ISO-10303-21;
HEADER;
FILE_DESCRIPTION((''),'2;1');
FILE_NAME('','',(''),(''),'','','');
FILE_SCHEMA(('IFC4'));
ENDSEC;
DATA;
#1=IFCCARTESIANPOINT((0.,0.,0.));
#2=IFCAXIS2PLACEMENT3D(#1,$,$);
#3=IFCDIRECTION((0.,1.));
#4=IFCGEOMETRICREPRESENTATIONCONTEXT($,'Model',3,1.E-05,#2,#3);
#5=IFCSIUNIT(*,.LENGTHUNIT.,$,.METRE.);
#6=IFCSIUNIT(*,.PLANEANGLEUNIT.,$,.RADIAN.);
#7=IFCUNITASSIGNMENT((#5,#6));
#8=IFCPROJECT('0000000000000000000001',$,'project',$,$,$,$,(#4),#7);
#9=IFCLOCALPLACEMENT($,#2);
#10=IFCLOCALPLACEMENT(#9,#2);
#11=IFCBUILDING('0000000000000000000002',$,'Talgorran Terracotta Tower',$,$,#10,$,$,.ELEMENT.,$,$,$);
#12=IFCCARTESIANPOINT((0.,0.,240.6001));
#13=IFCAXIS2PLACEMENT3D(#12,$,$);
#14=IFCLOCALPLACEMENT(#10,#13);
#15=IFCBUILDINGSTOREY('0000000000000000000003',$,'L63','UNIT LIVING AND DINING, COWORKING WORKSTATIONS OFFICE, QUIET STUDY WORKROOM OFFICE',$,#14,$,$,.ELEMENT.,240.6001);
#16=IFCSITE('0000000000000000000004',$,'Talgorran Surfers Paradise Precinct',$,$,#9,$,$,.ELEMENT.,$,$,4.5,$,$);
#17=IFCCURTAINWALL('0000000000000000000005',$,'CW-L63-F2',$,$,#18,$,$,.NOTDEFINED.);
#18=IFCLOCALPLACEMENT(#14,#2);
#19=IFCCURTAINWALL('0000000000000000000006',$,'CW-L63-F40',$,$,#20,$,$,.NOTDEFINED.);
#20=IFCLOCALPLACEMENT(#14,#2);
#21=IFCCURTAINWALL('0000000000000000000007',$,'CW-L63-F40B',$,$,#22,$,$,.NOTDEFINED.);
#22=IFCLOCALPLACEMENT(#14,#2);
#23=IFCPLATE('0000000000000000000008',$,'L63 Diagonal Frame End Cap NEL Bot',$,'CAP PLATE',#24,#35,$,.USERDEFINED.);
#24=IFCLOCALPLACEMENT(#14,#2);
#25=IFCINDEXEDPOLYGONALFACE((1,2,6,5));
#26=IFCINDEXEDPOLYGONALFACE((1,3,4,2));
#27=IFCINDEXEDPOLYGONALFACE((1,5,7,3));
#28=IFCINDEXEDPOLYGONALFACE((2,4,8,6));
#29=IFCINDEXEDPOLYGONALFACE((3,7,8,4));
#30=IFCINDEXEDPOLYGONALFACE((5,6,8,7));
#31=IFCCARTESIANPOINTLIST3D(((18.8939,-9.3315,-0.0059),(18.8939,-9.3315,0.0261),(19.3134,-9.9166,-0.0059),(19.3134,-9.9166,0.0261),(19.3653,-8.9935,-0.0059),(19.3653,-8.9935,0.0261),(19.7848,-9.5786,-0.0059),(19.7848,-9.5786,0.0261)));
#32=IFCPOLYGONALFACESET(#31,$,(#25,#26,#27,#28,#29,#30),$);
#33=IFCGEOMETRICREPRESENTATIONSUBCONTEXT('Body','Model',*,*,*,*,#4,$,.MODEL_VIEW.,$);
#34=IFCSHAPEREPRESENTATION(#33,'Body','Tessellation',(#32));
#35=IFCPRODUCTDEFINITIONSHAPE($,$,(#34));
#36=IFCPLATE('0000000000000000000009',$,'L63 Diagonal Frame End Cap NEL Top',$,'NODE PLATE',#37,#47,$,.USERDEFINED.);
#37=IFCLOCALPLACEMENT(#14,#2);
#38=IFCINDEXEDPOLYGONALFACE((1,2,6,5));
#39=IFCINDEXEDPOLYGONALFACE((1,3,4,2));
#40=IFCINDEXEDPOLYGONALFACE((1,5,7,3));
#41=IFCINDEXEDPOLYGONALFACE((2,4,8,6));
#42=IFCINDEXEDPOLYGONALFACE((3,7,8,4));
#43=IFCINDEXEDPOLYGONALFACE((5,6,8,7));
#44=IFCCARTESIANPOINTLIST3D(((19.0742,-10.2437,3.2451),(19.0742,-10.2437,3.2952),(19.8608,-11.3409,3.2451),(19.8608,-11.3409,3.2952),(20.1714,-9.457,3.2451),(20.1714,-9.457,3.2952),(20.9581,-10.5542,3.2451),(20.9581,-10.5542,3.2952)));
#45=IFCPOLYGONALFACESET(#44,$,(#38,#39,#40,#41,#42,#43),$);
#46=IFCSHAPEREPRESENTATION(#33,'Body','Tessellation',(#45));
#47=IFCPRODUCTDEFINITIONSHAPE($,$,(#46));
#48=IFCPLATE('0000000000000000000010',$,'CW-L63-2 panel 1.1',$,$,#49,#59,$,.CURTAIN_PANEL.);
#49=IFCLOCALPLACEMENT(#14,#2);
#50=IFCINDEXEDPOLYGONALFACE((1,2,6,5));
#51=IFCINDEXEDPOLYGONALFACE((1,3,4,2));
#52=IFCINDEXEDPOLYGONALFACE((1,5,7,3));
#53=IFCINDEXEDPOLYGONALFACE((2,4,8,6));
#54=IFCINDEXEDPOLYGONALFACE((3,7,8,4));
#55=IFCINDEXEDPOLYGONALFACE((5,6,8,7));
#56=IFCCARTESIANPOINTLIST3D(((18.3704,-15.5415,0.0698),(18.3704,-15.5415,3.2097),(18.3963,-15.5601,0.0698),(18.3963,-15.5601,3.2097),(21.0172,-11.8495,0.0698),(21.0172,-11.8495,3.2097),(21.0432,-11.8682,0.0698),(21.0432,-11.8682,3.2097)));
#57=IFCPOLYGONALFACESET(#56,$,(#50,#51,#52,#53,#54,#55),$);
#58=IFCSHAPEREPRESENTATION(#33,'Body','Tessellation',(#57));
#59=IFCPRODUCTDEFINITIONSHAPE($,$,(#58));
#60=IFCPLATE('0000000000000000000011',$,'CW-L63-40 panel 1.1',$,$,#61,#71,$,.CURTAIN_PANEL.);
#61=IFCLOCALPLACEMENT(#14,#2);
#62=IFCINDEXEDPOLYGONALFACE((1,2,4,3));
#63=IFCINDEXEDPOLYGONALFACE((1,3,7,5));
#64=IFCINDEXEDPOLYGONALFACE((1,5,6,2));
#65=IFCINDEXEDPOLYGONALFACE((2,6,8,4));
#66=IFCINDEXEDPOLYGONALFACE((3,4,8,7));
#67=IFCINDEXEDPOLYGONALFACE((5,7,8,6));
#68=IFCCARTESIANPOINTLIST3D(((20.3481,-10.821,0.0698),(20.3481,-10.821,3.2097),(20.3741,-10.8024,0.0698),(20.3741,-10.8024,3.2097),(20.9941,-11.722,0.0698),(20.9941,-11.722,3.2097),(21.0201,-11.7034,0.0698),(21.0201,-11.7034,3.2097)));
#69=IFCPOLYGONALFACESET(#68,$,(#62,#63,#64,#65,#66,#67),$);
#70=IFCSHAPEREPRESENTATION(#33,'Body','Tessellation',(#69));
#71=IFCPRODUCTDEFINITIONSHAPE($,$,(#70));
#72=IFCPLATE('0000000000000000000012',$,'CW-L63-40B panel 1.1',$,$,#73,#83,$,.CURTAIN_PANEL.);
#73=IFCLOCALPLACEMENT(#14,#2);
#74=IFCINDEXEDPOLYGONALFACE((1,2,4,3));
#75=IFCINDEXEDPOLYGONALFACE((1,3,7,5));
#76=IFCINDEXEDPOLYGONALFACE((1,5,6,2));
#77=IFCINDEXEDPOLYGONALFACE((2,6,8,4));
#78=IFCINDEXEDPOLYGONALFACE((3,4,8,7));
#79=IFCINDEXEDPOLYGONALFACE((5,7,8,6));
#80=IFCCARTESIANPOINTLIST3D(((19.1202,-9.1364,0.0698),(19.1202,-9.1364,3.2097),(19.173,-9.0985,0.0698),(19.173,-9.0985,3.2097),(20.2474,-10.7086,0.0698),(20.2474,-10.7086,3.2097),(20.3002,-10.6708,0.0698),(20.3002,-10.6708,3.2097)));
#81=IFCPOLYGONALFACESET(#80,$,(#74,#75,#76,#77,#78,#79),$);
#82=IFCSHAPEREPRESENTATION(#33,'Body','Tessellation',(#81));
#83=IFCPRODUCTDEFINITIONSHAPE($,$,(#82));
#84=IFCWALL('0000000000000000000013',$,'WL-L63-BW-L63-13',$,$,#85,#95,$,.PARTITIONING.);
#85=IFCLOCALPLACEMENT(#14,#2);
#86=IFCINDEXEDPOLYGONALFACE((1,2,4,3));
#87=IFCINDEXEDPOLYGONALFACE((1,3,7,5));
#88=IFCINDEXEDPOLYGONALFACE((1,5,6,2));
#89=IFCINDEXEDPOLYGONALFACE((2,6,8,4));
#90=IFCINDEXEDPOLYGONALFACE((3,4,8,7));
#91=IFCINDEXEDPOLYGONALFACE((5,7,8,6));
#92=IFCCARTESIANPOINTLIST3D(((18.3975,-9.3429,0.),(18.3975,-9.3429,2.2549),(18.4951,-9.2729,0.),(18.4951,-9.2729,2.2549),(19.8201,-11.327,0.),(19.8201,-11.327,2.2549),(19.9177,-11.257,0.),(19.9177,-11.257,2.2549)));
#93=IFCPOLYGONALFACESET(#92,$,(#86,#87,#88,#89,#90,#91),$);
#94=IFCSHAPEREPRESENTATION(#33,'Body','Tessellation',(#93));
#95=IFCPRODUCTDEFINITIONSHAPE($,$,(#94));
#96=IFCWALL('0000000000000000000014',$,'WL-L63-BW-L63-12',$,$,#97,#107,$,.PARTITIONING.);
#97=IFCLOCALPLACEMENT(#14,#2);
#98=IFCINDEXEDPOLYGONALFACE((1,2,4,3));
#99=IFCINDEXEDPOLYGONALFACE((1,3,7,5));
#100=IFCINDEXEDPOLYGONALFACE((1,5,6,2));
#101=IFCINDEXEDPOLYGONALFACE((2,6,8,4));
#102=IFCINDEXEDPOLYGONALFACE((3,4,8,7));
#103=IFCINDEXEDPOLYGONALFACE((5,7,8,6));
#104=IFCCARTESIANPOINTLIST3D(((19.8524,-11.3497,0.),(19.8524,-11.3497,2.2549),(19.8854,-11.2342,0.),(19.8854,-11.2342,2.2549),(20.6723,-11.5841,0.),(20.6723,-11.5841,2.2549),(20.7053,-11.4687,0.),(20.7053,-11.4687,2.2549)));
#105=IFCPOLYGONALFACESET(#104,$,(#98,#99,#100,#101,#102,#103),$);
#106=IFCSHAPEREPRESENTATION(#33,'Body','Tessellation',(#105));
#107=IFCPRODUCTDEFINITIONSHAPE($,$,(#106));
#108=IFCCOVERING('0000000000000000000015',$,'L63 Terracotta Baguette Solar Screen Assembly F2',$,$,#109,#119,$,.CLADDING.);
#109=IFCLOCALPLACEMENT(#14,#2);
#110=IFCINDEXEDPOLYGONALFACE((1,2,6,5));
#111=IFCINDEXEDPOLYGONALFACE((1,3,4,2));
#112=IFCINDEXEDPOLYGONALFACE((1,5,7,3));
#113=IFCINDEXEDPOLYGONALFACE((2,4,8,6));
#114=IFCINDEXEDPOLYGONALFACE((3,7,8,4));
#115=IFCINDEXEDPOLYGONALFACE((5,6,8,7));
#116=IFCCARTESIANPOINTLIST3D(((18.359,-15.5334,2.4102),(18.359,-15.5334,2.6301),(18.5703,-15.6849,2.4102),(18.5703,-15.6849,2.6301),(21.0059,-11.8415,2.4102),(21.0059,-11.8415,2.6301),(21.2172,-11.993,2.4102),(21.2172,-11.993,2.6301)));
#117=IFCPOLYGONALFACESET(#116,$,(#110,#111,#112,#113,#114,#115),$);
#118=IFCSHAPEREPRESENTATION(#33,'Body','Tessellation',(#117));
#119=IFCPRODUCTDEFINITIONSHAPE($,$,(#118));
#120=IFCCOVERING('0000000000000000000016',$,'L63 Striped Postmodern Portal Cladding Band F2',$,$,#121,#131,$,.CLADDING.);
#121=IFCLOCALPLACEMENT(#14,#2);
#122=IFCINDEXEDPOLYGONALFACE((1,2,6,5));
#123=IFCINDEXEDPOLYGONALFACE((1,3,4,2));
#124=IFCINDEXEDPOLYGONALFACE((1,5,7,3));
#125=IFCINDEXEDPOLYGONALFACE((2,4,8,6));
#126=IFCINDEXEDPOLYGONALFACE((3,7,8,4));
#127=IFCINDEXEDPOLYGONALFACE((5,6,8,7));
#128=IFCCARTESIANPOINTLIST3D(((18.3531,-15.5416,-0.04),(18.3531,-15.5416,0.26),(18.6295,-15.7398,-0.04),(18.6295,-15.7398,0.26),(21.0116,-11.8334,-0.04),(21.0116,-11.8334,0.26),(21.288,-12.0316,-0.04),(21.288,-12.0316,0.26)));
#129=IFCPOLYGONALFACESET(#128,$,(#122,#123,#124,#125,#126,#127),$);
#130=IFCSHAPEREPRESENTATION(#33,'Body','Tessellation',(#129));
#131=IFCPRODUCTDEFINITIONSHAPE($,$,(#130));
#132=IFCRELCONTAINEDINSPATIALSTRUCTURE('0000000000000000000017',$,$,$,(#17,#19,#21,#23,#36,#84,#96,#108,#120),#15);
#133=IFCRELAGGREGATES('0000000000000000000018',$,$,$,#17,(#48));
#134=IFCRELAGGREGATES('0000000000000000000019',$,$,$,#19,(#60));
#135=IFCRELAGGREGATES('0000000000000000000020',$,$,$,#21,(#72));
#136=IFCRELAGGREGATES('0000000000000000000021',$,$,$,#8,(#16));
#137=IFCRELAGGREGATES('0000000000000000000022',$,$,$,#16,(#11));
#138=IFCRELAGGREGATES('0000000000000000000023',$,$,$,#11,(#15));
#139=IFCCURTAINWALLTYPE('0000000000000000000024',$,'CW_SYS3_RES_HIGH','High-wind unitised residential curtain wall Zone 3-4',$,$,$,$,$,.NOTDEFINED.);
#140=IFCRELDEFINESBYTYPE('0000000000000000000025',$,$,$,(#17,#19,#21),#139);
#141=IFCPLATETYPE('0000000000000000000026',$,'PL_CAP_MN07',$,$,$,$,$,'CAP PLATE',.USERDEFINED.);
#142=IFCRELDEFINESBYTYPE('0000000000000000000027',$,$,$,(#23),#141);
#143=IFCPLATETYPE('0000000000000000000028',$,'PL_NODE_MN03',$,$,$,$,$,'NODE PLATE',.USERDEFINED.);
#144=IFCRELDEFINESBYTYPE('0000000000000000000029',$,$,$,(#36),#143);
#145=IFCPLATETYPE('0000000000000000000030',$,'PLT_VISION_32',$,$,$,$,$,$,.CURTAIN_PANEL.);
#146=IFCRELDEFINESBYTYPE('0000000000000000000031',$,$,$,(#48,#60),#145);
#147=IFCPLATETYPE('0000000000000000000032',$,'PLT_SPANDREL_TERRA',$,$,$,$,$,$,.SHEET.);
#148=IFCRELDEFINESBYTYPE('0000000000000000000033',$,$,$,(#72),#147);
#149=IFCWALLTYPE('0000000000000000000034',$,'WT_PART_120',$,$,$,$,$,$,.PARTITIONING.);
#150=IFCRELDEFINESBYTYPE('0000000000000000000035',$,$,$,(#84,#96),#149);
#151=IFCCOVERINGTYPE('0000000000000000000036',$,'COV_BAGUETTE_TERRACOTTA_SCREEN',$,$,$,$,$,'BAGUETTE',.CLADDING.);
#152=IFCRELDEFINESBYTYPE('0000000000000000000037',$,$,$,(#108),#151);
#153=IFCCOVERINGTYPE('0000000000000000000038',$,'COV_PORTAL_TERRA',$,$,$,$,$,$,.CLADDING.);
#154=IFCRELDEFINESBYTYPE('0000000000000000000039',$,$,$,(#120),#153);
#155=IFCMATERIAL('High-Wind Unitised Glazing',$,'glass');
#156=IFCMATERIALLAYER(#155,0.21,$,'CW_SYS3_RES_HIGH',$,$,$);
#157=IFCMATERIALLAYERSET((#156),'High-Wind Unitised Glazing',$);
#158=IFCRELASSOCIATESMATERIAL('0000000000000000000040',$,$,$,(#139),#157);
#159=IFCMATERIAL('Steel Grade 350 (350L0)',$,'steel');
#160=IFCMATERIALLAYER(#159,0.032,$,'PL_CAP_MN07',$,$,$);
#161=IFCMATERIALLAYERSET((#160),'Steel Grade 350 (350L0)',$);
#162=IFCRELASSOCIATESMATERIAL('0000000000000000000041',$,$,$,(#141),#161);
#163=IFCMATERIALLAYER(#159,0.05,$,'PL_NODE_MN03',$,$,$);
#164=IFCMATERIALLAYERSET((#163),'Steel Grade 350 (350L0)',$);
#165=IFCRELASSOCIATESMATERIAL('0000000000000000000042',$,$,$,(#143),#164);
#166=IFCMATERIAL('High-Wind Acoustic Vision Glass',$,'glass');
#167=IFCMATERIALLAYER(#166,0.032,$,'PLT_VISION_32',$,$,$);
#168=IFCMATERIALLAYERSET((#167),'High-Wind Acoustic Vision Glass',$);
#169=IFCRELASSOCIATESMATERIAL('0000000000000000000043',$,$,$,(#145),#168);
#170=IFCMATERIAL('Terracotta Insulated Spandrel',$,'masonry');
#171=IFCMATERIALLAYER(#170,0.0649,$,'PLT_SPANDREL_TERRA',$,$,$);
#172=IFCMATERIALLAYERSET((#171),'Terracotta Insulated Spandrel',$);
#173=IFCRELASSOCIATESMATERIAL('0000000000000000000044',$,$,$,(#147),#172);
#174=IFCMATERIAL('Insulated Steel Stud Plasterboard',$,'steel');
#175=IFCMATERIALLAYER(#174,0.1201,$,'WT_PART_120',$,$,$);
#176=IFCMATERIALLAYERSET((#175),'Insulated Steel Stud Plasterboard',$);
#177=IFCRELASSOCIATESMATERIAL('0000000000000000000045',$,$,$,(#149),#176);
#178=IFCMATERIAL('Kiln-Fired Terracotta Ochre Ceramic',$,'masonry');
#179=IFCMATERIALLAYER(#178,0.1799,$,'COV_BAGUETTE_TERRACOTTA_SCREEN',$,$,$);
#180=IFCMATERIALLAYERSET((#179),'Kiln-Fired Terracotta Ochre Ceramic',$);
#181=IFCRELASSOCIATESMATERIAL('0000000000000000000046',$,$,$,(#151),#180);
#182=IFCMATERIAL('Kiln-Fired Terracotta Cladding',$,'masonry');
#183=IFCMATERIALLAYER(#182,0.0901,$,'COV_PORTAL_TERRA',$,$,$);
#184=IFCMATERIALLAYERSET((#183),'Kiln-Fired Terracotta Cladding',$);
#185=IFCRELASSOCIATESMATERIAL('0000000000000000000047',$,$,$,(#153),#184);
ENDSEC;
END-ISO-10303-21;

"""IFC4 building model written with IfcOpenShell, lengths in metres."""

from ifc_helpers import new_model, si_unit, direction, frame, frame_2d, origin, origin_2d, place, context, subcontext, project, spatial, rectangle, extrude, source, transform, mapped, material, layer, layer_set, type_object, type_shapes, element, aggregate, save


model = new_model("IFC4")

# Units and contexts
model_context = context("Model", 3, precision=1e-05, world=origin(), true_north=direction((0.0, 1.0)))
body_context = subcontext(model_context, "Body", "Model", "MODEL_VIEW")
ifc_project = project(units=[si_unit("LENGTHUNIT", "METRE"), si_unit("PLANEANGLEUNIT", "RADIAN")], contexts=[model_context])

# Site, building, storey
site_placement = place(None, origin())
site = spatial("IfcSite", under=ifc_project, at=site_placement, Name="Talgorran Surfers Paradise Precinct", CompositionType="ELEMENT", RefElevation=4.5)
building_placement = place(site_placement, origin())
building = spatial("IfcBuilding", under=site, at=building_placement, Name="Talgorran Terracotta Tower", CompositionType="ELEMENT")
storey_placement = place(building_placement, frame((0.0, 0.0, 240.6001)))
storey = spatial("IfcBuildingStorey", under=building, at=storey_placement, Name="L63", Description="UNIT LIVING AND DINING, COWORKING WORKSTATIONS OFFICE, QUIET STUDY WORKROOM OFFICE", CompositionType="ELEMENT", Elevation=240.6001)

# Shared definitions
ifc_material_1 = material(Name="Steel Grade 350 (350L0)", Category="steel")

# Curtain wall
ifc_material_2 = material(Name="High-Wind Unitised Glazing", Category="glass")
ifc_layer_1 = layer(ifc_material_2, 0.21, Name="CW_SYS3_RES_HIGH")
ifc_layer_set_1 = layer_set([ifc_layer_1], Name="High-Wind Unitised Glazing")
curtain_wall_type = type_object("IfcCurtainWallType", Name="CW_SYS3_RES_HIGH", Description="High-wind unitised residential curtain wall Zone 3-4", PredefinedType="NOTDEFINED", material=ifc_layer_set_1)
curtain_wall_1_placement = place(storey_placement, origin())
curtain_wall_1 = element("IfcCurtainWall", 1, at=curtain_wall_1_placement, inside=storey, type_object=curtain_wall_type, Name="CW-L63-F2", PredefinedType="NOTDEFINED")

# Curtain walls
curtain_wall_2_placement = place(storey_placement, origin())
curtain_wall_2 = element("IfcCurtainWall", 2, at=curtain_wall_2_placement, inside=storey, type_object=curtain_wall_type, Name="CW-L63-F40", PredefinedType="NOTDEFINED")
curtain_wall_3_placement = place(storey_placement, origin())
curtain_wall_3 = element("IfcCurtainWall", 3, at=curtain_wall_3_placement, inside=storey, type_object=curtain_wall_type, Name="CW-L63-F40B", PredefinedType="NOTDEFINED")

# Plates
ifc_layer_2 = layer(ifc_material_1, 0.032, Name="PL_CAP_MN07")
ifc_layer_set_2 = layer_set([ifc_layer_2], Name="Steel Grade 350 (350L0)")
plate_type_1 = type_object("IfcPlateType", Name="PL_CAP_MN07", ElementType="CAP PLATE", PredefinedType="USERDEFINED", material=ifc_layer_set_2)
plate_1_placement = place(storey_placement, frame((19.3394, -9.4551, -0.0059), z_axis=(0.0, 0.0, 1.0), x_axis=(0.58269, -0.812694, 0.0)))
element("IfcPlate", 4, at=plate_1_placement, inside=storey, type_object=plate_type_1, Name="L63 Diagonal Frame End Cap NEL Bot", ObjectType="CAP PLATE", PredefinedType="USERDEFINED", context=body_context, shape_type="SweptSolid", body=[
    extrude(rectangle(XDim=0.72, YDim=0.5801, at=origin_2d()), origin(), (0.0, 0.0, 1.0), 0.032),
])
ifc_layer_3 = layer(ifc_material_1, 0.05, Name="PL_NODE_MN03")
ifc_layer_set_3 = layer_set([ifc_layer_3], Name="Steel Grade 350 (350L0)")
plate_type_2 = type_object("IfcPlateType", Name="PL_NODE_MN03", ElementType="NODE PLATE", PredefinedType="USERDEFINED", material=ifc_layer_set_3)
plate_2_placement = place(storey_placement, frame((20.0161, -10.3989, 3.2451), z_axis=(0.0, 0.0, 1.0), x_axis=(0.58269, -0.812694, 0.0)))
element("IfcPlate", 5, at=plate_2_placement, inside=storey, type_object=plate_type_2, Name="L63 Diagonal Frame End Cap NEL Top", ObjectType="NODE PLATE", PredefinedType="USERDEFINED", context=body_context, shape_type="SweptSolid", body=[
    extrude(rectangle(XDim=1.3501, YDim=1.3501, at=origin_2d()), origin(), (0.0, 0.0, 1.0), 0.05),
])

# Plates
ifc_material_3 = material(Name="High-Wind Acoustic Vision Glass", Category="glass")
ifc_layer_4 = layer(ifc_material_3, 0.032, Name="PLT_VISION_32")
ifc_layer_set_4 = layer_set([ifc_layer_4], Name="High-Wind Acoustic Vision Glass")
plate_type_3 = type_object("IfcPlateType", Name="PLT_VISION_32", PredefinedType="CURTAIN_PANEL", material=ifc_layer_set_4)
shared_shape_1 = source(origin(), body_context, "Body", "SweptSolid", [
    extrude(rectangle(XDim=4.5427, YDim=0.032, at=origin_2d()), origin(), (0.0, 0.0, 1.0), 3.1399),
])
plate_3_placement = place(storey_placement, frame((19.7068, -13.7048, 0.0698), z_axis=(0.0, 0.0, 1.0), x_axis=(0.582661, 0.812715, 0.0)))
plate_3 = element("IfcPlate", 6, at=plate_3_placement, type_object=plate_type_3, Name="CW-L63-2 panel 1.1", PredefinedType="CURTAIN_PANEL", context=body_context, shape_type="MappedRepresentation", body=[
    mapped(shared_shape_1, transform((0.0, 0.0, 0.0), scale=1.0)),
])
aggregate(curtain_wall_1, [plate_3])
shared_shape_2 = source(origin(), body_context, "Body", "SweptSolid", [
    extrude(rectangle(XDim=1.1086, YDim=0.032, at=origin_2d()), origin(), (0.0, 0.0, 1.0), 3.1399),
])
type_shapes(plate_type_3, [shared_shape_1, shared_shape_2])
plate_4_placement = place(storey_placement, frame((20.6841, -11.2622, 0.0698), z_axis=(0.0, 0.0, 1.0), x_axis=(-0.582677, 0.812704, 0.0)))
plate_4 = element("IfcPlate", 7, at=plate_4_placement, type_object=plate_type_3, Name="CW-L63-40 panel 1.1", PredefinedType="CURTAIN_PANEL", context=body_context, shape_type="MappedRepresentation", body=[
    mapped(shared_shape_2, transform((0.0, 0.0, 0.0), scale=1.0)),
])
aggregate(curtain_wall_2, [plate_4])
ifc_material_4 = material(Name="Terracotta Insulated Spandrel", Category="masonry")
ifc_layer_5 = layer(ifc_material_4, 0.0649, Name="PLT_SPANDREL_TERRA")
ifc_layer_set_5 = layer_set([ifc_layer_5], Name="Terracotta Insulated Spandrel")
plate_type_4 = type_object("IfcPlateType", Name="PLT_SPANDREL_TERRA", PredefinedType="SHEET", material=ifc_layer_set_5)
shared_shape_3 = source(origin(), body_context, "Body", "SweptSolid", [
    extrude(rectangle(XDim=1.9346, YDim=0.0649, at=origin_2d()), origin(), (0.0, 0.0, 1.0), 3.1399),
])
type_shapes(plate_type_4, [shared_shape_3])
plate_5_placement = place(storey_placement, frame((19.7102, -9.9036, 0.0698), z_axis=(0.0, 0.0, 1.0), x_axis=(-0.582655, 0.812719, 0.0)))
plate_5 = element("IfcPlate", 8, at=plate_5_placement, type_object=plate_type_4, Name="CW-L63-40B panel 1.1", PredefinedType="CURTAIN_PANEL", context=body_context, shape_type="MappedRepresentation", body=[
    mapped(shared_shape_3, transform((0.0, 0.0, 0.0), scale=1.0)),
])
aggregate(curtain_wall_3, [plate_5])

# Walls
ifc_material_5 = material(Name="Insulated Steel Stud Plasterboard", Category="steel")
ifc_layer_6 = layer(ifc_material_5, 0.1201, Name="WT_PART_120")
ifc_layer_set_6 = layer_set([ifc_layer_6], Name="Insulated Steel Stud Plasterboard")
wall_type = type_object("IfcWallType", Name="WT_PART_120", PredefinedType="PARTITIONING", material=ifc_layer_set_6)
wall_1_placement = place(storey_placement, frame((19.8689, -11.292, 0.0), z_axis=(0.0, 0.0, 1.0), x_axis=(-0.582694, 0.812692, 0.0)))
element("IfcWall", 9, at=wall_1_placement, inside=storey, type_object=wall_type, Name="WL-L63-BW-L63-13", PredefinedType="PARTITIONING", context=body_context, shape_type="SweptSolid", body=[
    extrude(rectangle(XDim=2.4414, YDim=0.1201, at=frame_2d((1.2207, 0.0))), origin(), (0.0, 0.0, 1.0), 2.2549),
])
wall_2_placement = place(storey_placement, frame((20.6887, -11.5264, 0.0), z_axis=(0.0, 0.0, 1.0), x_axis=(-0.961481, 0.274872, 0.0)))
element("IfcWall", 10, at=wall_2_placement, inside=storey, type_object=wall_type, Name="WL-L63-BW-L63-12", PredefinedType="PARTITIONING", context=body_context, shape_type="SweptSolid", body=[
    extrude(rectangle(XDim=0.8528, YDim=0.1201, at=frame_2d((0.4263, 0.0))), origin(), (0.0, 0.0, 1.0), 2.2549),
])

# Coverings
ifc_material_6 = material(Name="Kiln-Fired Terracotta Ochre Ceramic", Category="masonry")
ifc_layer_7 = layer(ifc_material_6, 0.1799, Name="COV_BAGUETTE_TERRACOTTA_SCREEN")
ifc_layer_set_7 = layer_set([ifc_layer_7], Name="Kiln-Fired Terracotta Ochre Ceramic")
covering_type_1 = type_object("IfcCoveringType", Name="COV_BAGUETTE_TERRACOTTA_SCREEN", ElementType="BAGUETTE", PredefinedType="CLADDING", material=ifc_layer_set_7)
covering_1_placement = place(storey_placement, frame((19.7881, -13.7632, 2.4102), z_axis=(0.0, 0.0, 1.0), x_axis=(0.582662, 0.812715, 0.0)))
element("IfcCovering", 11, at=covering_1_placement, inside=storey, type_object=covering_type_1, Name="L63 Terracotta Baguette Solar Screen Assembly F2", PredefinedType="CLADDING", context=body_context, shape_type="SweptSolid", body=[
    extrude(rectangle(XDim=4.5427, YDim=0.26, at=origin_2d()), origin(), (0.0, 0.0, 1.0), 0.22),
])
ifc_material_7 = material(Name="Kiln-Fired Terracotta Cladding", Category="masonry")
ifc_layer_8 = layer(ifc_material_7, 0.0901, Name="COV_PORTAL_TERRA")
ifc_layer_set_8 = layer_set([ifc_layer_8], Name="Kiln-Fired Terracotta Cladding")
covering_type_2 = type_object("IfcCoveringType", Name="COV_PORTAL_TERRA", PredefinedType="CLADDING", material=ifc_layer_set_8)
covering_2_placement = place(storey_placement, frame((19.8206, -13.7866, -0.04), z_axis=(0.0, 0.0, 1.0), x_axis=(0.582662, 0.812715, 0.0)))
element("IfcCovering", 12, at=covering_2_placement, inside=storey, type_object=covering_type_2, Name="L63 Striped Postmodern Portal Cladding Band F2", PredefinedType="CLADDING", context=body_context, shape_type="SweptSolid", body=[
    extrude(rectangle(XDim=4.5627, YDim=0.3401, at=origin_2d()), origin(), (0.0, 0.0, 1.0), 0.3),
])

save(model, "model.ifc")
